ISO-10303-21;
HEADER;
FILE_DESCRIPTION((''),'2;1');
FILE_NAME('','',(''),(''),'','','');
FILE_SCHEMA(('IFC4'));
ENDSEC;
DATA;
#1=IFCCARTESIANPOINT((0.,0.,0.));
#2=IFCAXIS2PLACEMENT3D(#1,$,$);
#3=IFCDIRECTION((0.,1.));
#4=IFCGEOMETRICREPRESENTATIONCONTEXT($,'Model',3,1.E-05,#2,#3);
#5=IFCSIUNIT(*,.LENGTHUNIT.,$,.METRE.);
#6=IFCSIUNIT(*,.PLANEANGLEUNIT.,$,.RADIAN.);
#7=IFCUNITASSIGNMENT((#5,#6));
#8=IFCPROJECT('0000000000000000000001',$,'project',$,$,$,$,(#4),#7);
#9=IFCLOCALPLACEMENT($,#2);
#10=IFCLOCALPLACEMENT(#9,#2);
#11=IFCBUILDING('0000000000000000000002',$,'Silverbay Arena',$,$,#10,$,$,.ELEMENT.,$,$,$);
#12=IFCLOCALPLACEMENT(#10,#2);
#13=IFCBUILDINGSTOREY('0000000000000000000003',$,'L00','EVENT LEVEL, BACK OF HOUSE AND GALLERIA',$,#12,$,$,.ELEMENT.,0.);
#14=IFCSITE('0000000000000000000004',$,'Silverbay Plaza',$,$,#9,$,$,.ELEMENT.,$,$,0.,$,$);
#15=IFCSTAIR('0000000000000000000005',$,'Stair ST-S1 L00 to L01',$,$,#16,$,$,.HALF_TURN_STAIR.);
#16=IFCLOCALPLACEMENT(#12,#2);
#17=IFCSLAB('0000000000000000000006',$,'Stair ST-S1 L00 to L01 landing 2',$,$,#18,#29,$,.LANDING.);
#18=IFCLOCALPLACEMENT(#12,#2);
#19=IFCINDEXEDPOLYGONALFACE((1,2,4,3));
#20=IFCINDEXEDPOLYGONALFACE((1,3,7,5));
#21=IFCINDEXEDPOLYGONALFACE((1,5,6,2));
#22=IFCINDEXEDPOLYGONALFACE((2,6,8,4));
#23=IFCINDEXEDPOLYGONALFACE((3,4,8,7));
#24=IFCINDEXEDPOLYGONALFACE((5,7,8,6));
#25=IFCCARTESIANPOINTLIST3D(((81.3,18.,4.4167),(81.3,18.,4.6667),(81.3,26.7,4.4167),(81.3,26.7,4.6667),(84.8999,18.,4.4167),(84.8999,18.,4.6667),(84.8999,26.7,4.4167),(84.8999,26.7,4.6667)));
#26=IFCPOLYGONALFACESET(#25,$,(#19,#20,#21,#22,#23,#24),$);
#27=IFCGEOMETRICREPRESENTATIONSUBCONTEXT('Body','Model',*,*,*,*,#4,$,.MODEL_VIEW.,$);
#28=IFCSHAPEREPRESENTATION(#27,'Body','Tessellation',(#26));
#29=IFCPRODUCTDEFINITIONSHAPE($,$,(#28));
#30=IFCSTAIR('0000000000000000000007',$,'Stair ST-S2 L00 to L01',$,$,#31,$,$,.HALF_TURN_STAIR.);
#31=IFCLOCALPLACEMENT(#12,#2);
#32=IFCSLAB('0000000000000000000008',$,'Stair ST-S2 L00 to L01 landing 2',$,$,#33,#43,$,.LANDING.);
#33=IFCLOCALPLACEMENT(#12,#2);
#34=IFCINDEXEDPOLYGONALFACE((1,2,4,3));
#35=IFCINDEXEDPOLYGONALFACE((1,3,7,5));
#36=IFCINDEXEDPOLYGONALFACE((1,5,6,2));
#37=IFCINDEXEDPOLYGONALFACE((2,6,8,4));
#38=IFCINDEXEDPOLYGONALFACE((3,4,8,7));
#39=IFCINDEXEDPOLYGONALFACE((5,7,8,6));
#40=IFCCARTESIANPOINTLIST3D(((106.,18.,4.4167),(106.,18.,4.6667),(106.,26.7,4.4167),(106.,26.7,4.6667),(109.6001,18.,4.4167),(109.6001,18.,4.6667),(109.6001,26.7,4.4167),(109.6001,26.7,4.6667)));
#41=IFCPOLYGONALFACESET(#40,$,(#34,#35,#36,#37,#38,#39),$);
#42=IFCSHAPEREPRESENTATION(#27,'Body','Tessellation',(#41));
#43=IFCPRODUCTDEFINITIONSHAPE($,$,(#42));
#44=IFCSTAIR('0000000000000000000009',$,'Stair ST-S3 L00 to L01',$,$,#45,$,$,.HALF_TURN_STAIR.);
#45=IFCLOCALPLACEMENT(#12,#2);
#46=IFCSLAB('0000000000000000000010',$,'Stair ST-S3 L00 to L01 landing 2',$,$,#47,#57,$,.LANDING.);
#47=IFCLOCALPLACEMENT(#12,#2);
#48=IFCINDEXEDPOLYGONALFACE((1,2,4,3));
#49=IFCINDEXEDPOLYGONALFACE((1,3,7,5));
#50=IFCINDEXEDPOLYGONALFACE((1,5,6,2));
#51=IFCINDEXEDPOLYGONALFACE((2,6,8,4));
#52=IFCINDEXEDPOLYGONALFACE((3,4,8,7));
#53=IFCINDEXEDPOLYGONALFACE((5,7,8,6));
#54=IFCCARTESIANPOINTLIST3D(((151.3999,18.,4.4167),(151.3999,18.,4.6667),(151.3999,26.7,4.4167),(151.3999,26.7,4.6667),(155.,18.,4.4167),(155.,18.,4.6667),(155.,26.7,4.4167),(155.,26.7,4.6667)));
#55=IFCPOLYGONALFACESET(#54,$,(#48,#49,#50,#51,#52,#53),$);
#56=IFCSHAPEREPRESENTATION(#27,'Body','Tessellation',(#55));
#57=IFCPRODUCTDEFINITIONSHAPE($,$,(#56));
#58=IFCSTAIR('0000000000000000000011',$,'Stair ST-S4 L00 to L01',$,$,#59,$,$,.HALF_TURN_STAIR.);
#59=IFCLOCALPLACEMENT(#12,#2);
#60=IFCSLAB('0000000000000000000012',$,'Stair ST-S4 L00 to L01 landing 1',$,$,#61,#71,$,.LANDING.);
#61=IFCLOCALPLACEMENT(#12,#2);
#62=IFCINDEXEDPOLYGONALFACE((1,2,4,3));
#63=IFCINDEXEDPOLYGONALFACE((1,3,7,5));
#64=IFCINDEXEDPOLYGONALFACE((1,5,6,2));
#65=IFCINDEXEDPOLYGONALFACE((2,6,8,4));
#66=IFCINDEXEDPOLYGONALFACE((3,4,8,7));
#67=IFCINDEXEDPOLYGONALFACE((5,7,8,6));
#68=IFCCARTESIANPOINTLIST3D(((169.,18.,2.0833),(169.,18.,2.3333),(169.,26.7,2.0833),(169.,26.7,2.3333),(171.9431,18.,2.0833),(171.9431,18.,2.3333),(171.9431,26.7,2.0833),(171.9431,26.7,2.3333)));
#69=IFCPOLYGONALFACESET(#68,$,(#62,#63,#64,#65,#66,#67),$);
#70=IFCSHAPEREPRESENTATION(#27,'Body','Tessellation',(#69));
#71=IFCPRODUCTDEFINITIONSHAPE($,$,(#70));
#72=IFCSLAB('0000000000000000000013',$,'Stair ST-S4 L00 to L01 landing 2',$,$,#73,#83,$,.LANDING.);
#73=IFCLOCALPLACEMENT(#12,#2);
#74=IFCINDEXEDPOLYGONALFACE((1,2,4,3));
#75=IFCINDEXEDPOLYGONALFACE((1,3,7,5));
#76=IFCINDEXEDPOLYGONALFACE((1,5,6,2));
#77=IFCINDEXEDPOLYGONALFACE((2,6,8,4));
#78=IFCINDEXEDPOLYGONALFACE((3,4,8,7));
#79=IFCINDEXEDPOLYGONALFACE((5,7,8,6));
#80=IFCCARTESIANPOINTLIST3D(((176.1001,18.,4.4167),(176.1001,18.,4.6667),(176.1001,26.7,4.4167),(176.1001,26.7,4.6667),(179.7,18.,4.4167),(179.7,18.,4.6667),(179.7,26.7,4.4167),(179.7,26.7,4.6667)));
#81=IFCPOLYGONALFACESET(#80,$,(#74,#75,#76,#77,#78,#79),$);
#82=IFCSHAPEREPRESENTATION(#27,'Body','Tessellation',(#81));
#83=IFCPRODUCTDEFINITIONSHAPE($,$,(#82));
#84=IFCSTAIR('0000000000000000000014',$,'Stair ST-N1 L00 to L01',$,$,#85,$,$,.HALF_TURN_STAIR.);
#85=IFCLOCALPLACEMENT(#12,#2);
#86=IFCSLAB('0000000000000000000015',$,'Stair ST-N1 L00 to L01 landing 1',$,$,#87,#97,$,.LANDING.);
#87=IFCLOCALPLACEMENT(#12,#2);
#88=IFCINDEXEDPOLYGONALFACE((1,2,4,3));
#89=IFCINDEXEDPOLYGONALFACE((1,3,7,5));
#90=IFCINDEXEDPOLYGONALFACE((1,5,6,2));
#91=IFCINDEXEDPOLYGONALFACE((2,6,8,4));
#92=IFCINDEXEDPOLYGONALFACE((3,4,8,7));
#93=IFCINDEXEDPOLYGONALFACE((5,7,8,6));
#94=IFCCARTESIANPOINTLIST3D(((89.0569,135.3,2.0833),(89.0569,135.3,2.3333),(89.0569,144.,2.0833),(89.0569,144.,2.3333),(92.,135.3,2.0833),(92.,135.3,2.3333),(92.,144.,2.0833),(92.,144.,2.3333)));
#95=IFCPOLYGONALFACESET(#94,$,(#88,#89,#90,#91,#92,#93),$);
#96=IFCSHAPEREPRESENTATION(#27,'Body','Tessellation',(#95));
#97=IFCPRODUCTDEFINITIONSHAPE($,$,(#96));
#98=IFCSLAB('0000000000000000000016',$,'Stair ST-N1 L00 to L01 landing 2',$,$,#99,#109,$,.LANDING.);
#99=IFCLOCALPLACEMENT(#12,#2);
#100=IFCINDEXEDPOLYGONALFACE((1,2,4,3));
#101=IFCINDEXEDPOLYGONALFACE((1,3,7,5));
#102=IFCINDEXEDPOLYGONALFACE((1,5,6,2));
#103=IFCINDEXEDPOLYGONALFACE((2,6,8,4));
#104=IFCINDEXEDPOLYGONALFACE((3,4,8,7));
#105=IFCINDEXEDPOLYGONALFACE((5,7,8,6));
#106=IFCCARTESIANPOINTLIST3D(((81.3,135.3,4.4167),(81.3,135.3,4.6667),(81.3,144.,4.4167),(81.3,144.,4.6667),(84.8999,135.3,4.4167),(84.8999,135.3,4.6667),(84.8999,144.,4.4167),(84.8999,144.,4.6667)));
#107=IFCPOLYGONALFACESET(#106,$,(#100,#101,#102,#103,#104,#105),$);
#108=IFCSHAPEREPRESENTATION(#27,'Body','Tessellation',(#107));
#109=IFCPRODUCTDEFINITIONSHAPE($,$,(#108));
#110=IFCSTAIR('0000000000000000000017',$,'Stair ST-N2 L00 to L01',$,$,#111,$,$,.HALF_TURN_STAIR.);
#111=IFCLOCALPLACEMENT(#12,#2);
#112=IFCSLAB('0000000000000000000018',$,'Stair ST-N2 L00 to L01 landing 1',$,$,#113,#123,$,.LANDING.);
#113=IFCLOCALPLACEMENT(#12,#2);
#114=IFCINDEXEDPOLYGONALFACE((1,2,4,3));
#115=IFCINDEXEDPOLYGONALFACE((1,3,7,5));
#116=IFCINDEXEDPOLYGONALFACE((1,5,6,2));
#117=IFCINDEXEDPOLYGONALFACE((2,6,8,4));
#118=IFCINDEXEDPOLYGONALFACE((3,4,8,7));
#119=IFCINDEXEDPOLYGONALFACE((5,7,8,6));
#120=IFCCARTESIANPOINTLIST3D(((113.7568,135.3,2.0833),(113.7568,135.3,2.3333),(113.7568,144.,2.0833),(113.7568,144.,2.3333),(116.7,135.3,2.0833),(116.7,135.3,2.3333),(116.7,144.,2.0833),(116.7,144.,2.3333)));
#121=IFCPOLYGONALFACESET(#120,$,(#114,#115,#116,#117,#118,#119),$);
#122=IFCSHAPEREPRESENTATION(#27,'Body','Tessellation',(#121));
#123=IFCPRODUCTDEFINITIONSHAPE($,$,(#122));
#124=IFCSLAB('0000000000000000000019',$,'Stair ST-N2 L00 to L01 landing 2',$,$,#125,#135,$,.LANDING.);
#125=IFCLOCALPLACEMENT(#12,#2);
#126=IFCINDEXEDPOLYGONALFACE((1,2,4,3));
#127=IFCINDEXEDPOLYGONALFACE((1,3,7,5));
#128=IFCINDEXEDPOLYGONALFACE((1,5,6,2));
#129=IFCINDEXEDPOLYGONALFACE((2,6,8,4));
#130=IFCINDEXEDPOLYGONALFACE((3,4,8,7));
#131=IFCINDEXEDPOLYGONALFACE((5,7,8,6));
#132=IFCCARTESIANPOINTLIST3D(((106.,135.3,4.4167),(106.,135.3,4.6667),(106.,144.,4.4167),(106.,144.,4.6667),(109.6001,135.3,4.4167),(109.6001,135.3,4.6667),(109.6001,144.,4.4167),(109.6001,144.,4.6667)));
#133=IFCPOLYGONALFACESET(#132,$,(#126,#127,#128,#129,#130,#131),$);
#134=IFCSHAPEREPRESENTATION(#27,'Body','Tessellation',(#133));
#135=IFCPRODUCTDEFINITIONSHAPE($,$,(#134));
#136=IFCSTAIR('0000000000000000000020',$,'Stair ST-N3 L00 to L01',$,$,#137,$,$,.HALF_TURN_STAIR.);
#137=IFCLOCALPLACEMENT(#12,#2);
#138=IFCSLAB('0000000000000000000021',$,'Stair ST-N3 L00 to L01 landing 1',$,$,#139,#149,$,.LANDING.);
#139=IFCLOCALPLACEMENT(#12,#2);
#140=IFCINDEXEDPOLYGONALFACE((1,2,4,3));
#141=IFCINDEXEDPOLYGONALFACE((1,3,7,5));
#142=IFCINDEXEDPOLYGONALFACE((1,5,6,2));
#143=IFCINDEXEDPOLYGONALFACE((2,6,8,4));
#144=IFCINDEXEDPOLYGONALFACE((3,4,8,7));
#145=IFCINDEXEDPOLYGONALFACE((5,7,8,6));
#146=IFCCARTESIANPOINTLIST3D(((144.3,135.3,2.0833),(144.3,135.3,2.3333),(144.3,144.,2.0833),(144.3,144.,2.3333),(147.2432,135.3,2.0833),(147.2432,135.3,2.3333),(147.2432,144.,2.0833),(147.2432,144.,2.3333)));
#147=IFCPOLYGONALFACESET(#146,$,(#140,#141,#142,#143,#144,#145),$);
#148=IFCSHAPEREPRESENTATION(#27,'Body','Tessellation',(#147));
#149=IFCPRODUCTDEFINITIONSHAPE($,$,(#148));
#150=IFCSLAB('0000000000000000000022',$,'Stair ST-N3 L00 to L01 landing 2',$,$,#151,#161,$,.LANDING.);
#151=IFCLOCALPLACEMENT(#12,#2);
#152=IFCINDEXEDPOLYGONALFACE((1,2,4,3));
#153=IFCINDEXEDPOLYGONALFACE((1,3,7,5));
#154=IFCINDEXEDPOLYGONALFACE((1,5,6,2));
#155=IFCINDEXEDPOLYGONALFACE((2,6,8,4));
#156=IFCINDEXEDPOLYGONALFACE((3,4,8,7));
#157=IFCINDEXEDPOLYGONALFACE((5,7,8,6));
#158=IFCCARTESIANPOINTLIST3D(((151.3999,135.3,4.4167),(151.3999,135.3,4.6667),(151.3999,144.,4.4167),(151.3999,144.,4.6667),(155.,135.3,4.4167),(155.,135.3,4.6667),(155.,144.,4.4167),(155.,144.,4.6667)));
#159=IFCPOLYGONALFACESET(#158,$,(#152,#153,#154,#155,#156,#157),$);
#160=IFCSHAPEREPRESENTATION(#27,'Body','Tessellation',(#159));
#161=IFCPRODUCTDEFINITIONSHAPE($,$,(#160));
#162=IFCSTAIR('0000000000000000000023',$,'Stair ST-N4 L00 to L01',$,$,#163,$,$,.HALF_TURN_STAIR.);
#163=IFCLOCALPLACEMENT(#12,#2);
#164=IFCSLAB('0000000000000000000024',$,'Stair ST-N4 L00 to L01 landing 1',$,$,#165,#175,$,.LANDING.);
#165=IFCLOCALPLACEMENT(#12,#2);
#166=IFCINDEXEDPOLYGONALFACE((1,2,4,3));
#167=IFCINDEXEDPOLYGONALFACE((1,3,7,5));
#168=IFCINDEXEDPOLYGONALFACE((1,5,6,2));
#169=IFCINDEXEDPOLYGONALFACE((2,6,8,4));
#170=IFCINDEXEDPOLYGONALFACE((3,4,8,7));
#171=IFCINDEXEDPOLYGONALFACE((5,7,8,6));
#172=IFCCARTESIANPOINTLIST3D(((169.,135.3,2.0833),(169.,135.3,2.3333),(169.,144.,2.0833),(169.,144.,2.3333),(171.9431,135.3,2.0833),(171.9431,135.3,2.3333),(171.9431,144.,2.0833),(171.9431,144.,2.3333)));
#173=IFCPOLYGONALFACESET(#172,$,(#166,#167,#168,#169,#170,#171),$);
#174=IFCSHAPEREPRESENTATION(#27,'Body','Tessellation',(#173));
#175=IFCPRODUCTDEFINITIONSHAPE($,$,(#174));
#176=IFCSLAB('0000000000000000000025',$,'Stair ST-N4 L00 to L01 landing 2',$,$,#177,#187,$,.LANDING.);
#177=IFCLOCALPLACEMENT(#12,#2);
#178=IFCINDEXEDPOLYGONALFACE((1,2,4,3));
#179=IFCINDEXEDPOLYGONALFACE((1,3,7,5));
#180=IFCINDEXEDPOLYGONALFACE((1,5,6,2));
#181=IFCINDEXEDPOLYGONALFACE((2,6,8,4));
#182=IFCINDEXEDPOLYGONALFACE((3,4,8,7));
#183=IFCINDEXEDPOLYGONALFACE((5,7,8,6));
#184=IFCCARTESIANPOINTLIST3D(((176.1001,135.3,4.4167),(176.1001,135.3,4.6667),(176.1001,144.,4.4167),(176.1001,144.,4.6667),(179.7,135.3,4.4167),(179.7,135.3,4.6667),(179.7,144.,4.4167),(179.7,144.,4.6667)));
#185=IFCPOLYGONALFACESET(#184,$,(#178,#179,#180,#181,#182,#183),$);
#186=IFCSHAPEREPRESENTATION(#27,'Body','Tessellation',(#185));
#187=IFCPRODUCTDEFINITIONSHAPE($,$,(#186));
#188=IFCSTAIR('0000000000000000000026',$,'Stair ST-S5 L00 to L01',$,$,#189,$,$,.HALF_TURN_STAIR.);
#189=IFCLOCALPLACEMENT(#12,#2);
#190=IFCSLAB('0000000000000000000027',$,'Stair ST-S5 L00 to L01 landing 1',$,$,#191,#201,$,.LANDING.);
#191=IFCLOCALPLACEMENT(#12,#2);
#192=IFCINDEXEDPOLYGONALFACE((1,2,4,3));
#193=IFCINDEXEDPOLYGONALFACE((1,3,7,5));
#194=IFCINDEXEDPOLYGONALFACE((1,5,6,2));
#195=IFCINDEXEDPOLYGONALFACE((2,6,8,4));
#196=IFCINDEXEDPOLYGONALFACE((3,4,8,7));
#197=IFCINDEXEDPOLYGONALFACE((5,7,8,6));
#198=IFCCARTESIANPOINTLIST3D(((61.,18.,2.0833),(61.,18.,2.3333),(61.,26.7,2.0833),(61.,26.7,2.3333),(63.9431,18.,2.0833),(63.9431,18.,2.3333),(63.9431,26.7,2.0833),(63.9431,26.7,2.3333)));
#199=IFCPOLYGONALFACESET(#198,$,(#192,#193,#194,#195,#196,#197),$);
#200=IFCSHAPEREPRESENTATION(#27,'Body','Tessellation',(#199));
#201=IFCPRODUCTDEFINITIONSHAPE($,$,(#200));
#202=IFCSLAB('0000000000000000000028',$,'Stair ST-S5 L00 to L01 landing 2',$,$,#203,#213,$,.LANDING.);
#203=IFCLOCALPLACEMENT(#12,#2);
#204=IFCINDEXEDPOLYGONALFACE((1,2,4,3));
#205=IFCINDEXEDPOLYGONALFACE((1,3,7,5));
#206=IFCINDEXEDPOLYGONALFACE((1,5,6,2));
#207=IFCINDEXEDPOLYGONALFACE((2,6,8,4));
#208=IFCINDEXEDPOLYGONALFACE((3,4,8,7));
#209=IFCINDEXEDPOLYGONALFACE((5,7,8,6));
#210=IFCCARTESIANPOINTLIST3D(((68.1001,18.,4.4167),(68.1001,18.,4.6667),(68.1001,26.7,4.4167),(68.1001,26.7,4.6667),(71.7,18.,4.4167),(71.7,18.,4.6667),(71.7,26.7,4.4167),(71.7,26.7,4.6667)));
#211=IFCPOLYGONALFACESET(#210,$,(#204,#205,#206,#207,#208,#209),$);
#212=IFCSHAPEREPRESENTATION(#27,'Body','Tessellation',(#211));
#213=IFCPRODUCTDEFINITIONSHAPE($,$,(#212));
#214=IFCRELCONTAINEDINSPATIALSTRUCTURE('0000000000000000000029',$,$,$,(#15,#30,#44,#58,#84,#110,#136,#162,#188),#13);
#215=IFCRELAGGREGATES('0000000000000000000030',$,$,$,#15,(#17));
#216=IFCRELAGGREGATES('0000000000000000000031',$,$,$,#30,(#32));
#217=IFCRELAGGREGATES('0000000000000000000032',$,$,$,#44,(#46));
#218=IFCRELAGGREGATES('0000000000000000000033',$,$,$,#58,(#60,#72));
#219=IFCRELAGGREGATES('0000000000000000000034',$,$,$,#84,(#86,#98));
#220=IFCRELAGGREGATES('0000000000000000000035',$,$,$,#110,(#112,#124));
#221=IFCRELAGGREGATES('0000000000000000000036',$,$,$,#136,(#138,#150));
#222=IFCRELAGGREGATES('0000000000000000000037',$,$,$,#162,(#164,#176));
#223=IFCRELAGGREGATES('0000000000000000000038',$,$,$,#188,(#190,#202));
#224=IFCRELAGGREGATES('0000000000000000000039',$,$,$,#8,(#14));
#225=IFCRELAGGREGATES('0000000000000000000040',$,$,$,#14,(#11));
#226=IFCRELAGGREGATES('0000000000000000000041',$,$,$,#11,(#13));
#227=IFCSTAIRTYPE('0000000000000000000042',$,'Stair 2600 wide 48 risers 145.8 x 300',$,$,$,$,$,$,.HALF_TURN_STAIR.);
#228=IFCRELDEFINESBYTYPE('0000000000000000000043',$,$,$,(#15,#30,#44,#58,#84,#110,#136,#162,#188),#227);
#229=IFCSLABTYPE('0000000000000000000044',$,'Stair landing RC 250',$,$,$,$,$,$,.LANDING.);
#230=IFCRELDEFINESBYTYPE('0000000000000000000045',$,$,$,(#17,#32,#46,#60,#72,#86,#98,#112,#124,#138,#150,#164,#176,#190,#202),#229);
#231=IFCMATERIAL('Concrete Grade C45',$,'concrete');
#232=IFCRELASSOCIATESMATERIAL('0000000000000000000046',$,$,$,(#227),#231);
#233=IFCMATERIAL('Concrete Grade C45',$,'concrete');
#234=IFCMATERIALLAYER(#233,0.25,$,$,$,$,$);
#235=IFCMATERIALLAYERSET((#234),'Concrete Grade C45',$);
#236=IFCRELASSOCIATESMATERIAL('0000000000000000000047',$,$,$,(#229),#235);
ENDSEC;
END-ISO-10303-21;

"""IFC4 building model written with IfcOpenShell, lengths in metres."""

from ifc_helpers import new_model, si_unit, direction, frame, origin, place, context, subcontext, project, spatial, polyline, outline, extrude, material, layer, layer_set, type_object, element, aggregate, save


model = new_model("IFC4")

# Units and contexts
model_context = context("Model", 3, precision=1e-05, world=origin(), true_north=direction((0.0, 1.0)))
body_context = subcontext(model_context, "Body", "Model", "MODEL_VIEW")
ifc_project = project(units=[si_unit("LENGTHUNIT", "METRE"), si_unit("PLANEANGLEUNIT", "RADIAN")], contexts=[model_context])

# Site, building, storey
site_placement = place(None, origin())
site = spatial("IfcSite", under=ifc_project, at=site_placement, Name="Silverbay Plaza", CompositionType="ELEMENT", RefElevation=0.0)
building_placement = place(site_placement, origin())
building = spatial("IfcBuilding", under=site, at=building_placement, Name="Silverbay Arena", CompositionType="ELEMENT")
storey_placement = place(building_placement, origin())
storey = spatial("IfcBuildingStorey", under=building, at=storey_placement, Name="L00", Description="EVENT LEVEL, BACK OF HOUSE AND GALLERIA", CompositionType="ELEMENT", Elevation=0.0)

# Stairs, slabs
ifc_material_1 = material(Name="Concrete Grade C45", Category="concrete")
stair_type = type_object("IfcStairType", Name="Stair 2600 wide 48 risers 145.8 x 300", PredefinedType="HALF_TURN_STAIR", material=ifc_material_1)
stair_1_placement = place(storey_placement, origin())
stair_1 = element("IfcStair", 1, at=stair_1_placement, inside=storey, type_object=stair_type, Name="Stair ST-S1 L00 to L01", PredefinedType="HALF_TURN_STAIR")
ifc_material_2 = material(Name="Concrete Grade C45", Category="concrete")
ifc_layer = layer(ifc_material_2, 0.25)
ifc_layer_set = layer_set([ifc_layer], Name="Concrete Grade C45")
slab_type = type_object("IfcSlabType", Name="Stair landing RC 250", PredefinedType="LANDING", material=ifc_layer_set)
slab_1_placement = place(storey_placement, frame((0.0, 0.0, 4.4167)))
slab_1 = element("IfcSlab", 2, at=slab_1_placement, type_object=slab_type, Name="Stair ST-S1 L00 to L01 landing 2", PredefinedType="LANDING", context=body_context, shape_type="SweptSolid", body=[
    extrude(outline(polyline([(81.3, 26.7), (84.8999, 26.7), (84.8999, 18.0), (81.3, 18.0), (81.3, 26.7)])), origin(), (0.0, 0.0, 1.0), 0.25),
])
aggregate(stair_1, [slab_1])
stair_2_placement = place(storey_placement, origin())
stair_2 = element("IfcStair", 3, at=stair_2_placement, inside=storey, type_object=stair_type, Name="Stair ST-S2 L00 to L01", PredefinedType="HALF_TURN_STAIR")
slab_2_placement = place(storey_placement, frame((0.0, 0.0, 4.4167)))
slab_2 = element("IfcSlab", 4, at=slab_2_placement, type_object=slab_type, Name="Stair ST-S2 L00 to L01 landing 2", PredefinedType="LANDING", context=body_context, shape_type="SweptSolid", body=[
    extrude(outline(polyline([(106.0, 26.7), (109.6001, 26.7), (109.6001, 18.0), (106.0, 18.0), (106.0, 26.7)])), origin(), (0.0, 0.0, 1.0), 0.25),
])
aggregate(stair_2, [slab_2])
stair_3_placement = place(storey_placement, origin())
stair_3 = element("IfcStair", 5, at=stair_3_placement, inside=storey, type_object=stair_type, Name="Stair ST-S3 L00 to L01", PredefinedType="HALF_TURN_STAIR")
slab_3_placement = place(storey_placement, frame((0.0, 0.0, 4.4167)))
slab_3 = element("IfcSlab", 6, at=slab_3_placement, type_object=slab_type, Name="Stair ST-S3 L00 to L01 landing 2", PredefinedType="LANDING", context=body_context, shape_type="SweptSolid", body=[
    extrude(outline(polyline([(155.0, 26.7), (151.3999, 26.7), (151.3999, 18.0), (155.0, 18.0), (155.0, 26.7)])), origin(), (0.0, 0.0, 1.0), 0.25),
])
aggregate(stair_3, [slab_3])

# Stairs, slabs
stair_4_placement = place(storey_placement, origin())
stair_4 = element("IfcStair", 7, at=stair_4_placement, inside=storey, type_object=stair_type, Name="Stair ST-S4 L00 to L01", PredefinedType="HALF_TURN_STAIR")
slab_4_placement = place(storey_placement, frame((0.0, 0.0, 2.0833)))
slab_4 = element("IfcSlab", 8, at=slab_4_placement, type_object=slab_type, Name="Stair ST-S4 L00 to L01 landing 1", PredefinedType="LANDING", context=body_context, shape_type="SweptSolid", body=[
    extrude(outline(polyline([(171.9431, 26.7), (169.0, 26.7), (169.0, 18.0), (171.9431, 18.0), (171.9431, 26.7)])), origin(), (0.0, 0.0, 1.0), 0.25),
])
slab_5_placement = place(storey_placement, frame((0.0, 0.0, 4.4167)))
slab_5 = element("IfcSlab", 9, at=slab_5_placement, type_object=slab_type, Name="Stair ST-S4 L00 to L01 landing 2", PredefinedType="LANDING", context=body_context, shape_type="SweptSolid", body=[
    extrude(outline(polyline([(179.7, 26.7), (176.1001, 26.7), (176.1001, 18.0), (179.7, 18.0), (179.7, 26.7)])), origin(), (0.0, 0.0, 1.0), 0.25),
])
aggregate(stair_4, [slab_4, slab_5])
stair_5_placement = place(storey_placement, origin())
stair_5 = element("IfcStair", 10, at=stair_5_placement, inside=storey, type_object=stair_type, Name="Stair ST-N1 L00 to L01", PredefinedType="HALF_TURN_STAIR")
slab_6_placement = place(storey_placement, frame((0.0, 0.0, 2.0833)))
slab_6 = element("IfcSlab", 11, at=slab_6_placement, type_object=slab_type, Name="Stair ST-N1 L00 to L01 landing 1", PredefinedType="LANDING", context=body_context, shape_type="SweptSolid", body=[
    extrude(outline(polyline([(89.0569, 135.3), (92.0, 135.3), (92.0, 144.0), (89.0569, 144.0), (89.0569, 135.3)])), origin(), (0.0, 0.0, 1.0), 0.25),
])
slab_7_placement = place(storey_placement, frame((0.0, 0.0, 4.4167)))
slab_7 = element("IfcSlab", 12, at=slab_7_placement, type_object=slab_type, Name="Stair ST-N1 L00 to L01 landing 2", PredefinedType="LANDING", context=body_context, shape_type="SweptSolid", body=[
    extrude(outline(polyline([(81.3, 135.3), (84.8999, 135.3), (84.8999, 144.0), (81.3, 144.0), (81.3, 135.3)])), origin(), (0.0, 0.0, 1.0), 0.25),
])
aggregate(stair_5, [slab_6, slab_7])
stair_6_placement = place(storey_placement, origin())
stair_6 = element("IfcStair", 13, at=stair_6_placement, inside=storey, type_object=stair_type, Name="Stair ST-N2 L00 to L01", PredefinedType="HALF_TURN_STAIR")
slab_8_placement = place(storey_placement, frame((0.0, 0.0, 2.0833)))
slab_8 = element("IfcSlab", 14, at=slab_8_placement, type_object=slab_type, Name="Stair ST-N2 L00 to L01 landing 1", PredefinedType="LANDING", context=body_context, shape_type="SweptSolid", body=[
    extrude(outline(polyline([(113.7568, 135.3), (116.7, 135.3), (116.7, 144.0), (113.7568, 144.0), (113.7568, 135.3)])), origin(), (0.0, 0.0, 1.0), 0.25),
])
slab_9_placement = place(storey_placement, frame((0.0, 0.0, 4.4167)))
slab_9 = element("IfcSlab", 15, at=slab_9_placement, type_object=slab_type, Name="Stair ST-N2 L00 to L01 landing 2", PredefinedType="LANDING", context=body_context, shape_type="SweptSolid", body=[
    extrude(outline(polyline([(106.0, 135.3), (109.6001, 135.3), (109.6001, 144.0), (106.0, 144.0), (106.0, 135.3)])), origin(), (0.0, 0.0, 1.0), 0.25),
])
aggregate(stair_6, [slab_8, slab_9])
stair_7_placement = place(storey_placement, origin())
stair_7 = element("IfcStair", 16, at=stair_7_placement, inside=storey, type_object=stair_type, Name="Stair ST-N3 L00 to L01", PredefinedType="HALF_TURN_STAIR")
slab_10_placement = place(storey_placement, frame((0.0, 0.0, 2.0833)))
slab_10 = element("IfcSlab", 17, at=slab_10_placement, type_object=slab_type, Name="Stair ST-N3 L00 to L01 landing 1", PredefinedType="LANDING", context=body_context, shape_type="SweptSolid", body=[
    extrude(outline(polyline([(147.2432, 135.3), (144.3, 135.3), (144.3, 144.0), (147.2432, 144.0), (147.2432, 135.3)])), origin(), (0.0, 0.0, 1.0), 0.25),
])
slab_11_placement = place(storey_placement, frame((0.0, 0.0, 4.4167)))
slab_11 = element("IfcSlab", 18, at=slab_11_placement, type_object=slab_type, Name="Stair ST-N3 L00 to L01 landing 2", PredefinedType="LANDING", context=body_context, shape_type="SweptSolid", body=[
    extrude(outline(polyline([(155.0, 135.3), (151.3999, 135.3), (151.3999, 144.0), (155.0, 144.0), (155.0, 135.3)])), origin(), (0.0, 0.0, 1.0), 0.25),
])
aggregate(stair_7, [slab_10, slab_11])
stair_8_placement = place(storey_placement, origin())
stair_8 = element("IfcStair", 19, at=stair_8_placement, inside=storey, type_object=stair_type, Name="Stair ST-N4 L00 to L01", PredefinedType="HALF_TURN_STAIR")
slab_12_placement = place(storey_placement, frame((0.0, 0.0, 2.0833)))
slab_12 = element("IfcSlab", 20, at=slab_12_placement, type_object=slab_type, Name="Stair ST-N4 L00 to L01 landing 1", PredefinedType="LANDING", context=body_context, shape_type="SweptSolid", body=[
    extrude(outline(polyline([(171.9431, 135.3), (169.0, 135.3), (169.0, 144.0), (171.9431, 144.0), (171.9431, 135.3)])), origin(), (0.0, 0.0, 1.0), 0.25),
])
slab_13_placement = place(storey_placement, frame((0.0, 0.0, 4.4167)))
slab_13 = element("IfcSlab", 21, at=slab_13_placement, type_object=slab_type, Name="Stair ST-N4 L00 to L01 landing 2", PredefinedType="LANDING", context=body_context, shape_type="SweptSolid", body=[
    extrude(outline(polyline([(179.7, 135.3), (176.1001, 135.3), (176.1001, 144.0), (179.7, 144.0), (179.7, 135.3)])), origin(), (0.0, 0.0, 1.0), 0.25),
])
aggregate(stair_8, [slab_12, slab_13])
stair_9_placement = place(storey_placement, origin())
stair_9 = element("IfcStair", 22, at=stair_9_placement, inside=storey, type_object=stair_type, Name="Stair ST-S5 L00 to L01", PredefinedType="HALF_TURN_STAIR")
slab_14_placement = place(storey_placement, frame((0.0, 0.0, 2.0833)))
slab_14 = element("IfcSlab", 23, at=slab_14_placement, type_object=slab_type, Name="Stair ST-S5 L00 to L01 landing 1", PredefinedType="LANDING", context=body_context, shape_type="SweptSolid", body=[
    extrude(outline(polyline([(63.9431, 26.7), (61.0, 26.7), (61.0, 18.0), (63.9431, 18.0), (63.9431, 26.7)])), origin(), (0.0, 0.0, 1.0), 0.25),
])
slab_15_placement = place(storey_placement, frame((0.0, 0.0, 4.4167)))
slab_15 = element("IfcSlab", 24, at=slab_15_placement, type_object=slab_type, Name="Stair ST-S5 L00 to L01 landing 2", PredefinedType="LANDING", context=body_context, shape_type="SweptSolid", body=[
    extrude(outline(polyline([(71.7, 26.7), (68.1001, 26.7), (68.1001, 18.0), (71.7, 18.0), (71.7, 26.7)])), origin(), (0.0, 0.0, 1.0), 0.25),
])
aggregate(stair_9, [slab_14, slab_15])

save(model, "model.ifc")
